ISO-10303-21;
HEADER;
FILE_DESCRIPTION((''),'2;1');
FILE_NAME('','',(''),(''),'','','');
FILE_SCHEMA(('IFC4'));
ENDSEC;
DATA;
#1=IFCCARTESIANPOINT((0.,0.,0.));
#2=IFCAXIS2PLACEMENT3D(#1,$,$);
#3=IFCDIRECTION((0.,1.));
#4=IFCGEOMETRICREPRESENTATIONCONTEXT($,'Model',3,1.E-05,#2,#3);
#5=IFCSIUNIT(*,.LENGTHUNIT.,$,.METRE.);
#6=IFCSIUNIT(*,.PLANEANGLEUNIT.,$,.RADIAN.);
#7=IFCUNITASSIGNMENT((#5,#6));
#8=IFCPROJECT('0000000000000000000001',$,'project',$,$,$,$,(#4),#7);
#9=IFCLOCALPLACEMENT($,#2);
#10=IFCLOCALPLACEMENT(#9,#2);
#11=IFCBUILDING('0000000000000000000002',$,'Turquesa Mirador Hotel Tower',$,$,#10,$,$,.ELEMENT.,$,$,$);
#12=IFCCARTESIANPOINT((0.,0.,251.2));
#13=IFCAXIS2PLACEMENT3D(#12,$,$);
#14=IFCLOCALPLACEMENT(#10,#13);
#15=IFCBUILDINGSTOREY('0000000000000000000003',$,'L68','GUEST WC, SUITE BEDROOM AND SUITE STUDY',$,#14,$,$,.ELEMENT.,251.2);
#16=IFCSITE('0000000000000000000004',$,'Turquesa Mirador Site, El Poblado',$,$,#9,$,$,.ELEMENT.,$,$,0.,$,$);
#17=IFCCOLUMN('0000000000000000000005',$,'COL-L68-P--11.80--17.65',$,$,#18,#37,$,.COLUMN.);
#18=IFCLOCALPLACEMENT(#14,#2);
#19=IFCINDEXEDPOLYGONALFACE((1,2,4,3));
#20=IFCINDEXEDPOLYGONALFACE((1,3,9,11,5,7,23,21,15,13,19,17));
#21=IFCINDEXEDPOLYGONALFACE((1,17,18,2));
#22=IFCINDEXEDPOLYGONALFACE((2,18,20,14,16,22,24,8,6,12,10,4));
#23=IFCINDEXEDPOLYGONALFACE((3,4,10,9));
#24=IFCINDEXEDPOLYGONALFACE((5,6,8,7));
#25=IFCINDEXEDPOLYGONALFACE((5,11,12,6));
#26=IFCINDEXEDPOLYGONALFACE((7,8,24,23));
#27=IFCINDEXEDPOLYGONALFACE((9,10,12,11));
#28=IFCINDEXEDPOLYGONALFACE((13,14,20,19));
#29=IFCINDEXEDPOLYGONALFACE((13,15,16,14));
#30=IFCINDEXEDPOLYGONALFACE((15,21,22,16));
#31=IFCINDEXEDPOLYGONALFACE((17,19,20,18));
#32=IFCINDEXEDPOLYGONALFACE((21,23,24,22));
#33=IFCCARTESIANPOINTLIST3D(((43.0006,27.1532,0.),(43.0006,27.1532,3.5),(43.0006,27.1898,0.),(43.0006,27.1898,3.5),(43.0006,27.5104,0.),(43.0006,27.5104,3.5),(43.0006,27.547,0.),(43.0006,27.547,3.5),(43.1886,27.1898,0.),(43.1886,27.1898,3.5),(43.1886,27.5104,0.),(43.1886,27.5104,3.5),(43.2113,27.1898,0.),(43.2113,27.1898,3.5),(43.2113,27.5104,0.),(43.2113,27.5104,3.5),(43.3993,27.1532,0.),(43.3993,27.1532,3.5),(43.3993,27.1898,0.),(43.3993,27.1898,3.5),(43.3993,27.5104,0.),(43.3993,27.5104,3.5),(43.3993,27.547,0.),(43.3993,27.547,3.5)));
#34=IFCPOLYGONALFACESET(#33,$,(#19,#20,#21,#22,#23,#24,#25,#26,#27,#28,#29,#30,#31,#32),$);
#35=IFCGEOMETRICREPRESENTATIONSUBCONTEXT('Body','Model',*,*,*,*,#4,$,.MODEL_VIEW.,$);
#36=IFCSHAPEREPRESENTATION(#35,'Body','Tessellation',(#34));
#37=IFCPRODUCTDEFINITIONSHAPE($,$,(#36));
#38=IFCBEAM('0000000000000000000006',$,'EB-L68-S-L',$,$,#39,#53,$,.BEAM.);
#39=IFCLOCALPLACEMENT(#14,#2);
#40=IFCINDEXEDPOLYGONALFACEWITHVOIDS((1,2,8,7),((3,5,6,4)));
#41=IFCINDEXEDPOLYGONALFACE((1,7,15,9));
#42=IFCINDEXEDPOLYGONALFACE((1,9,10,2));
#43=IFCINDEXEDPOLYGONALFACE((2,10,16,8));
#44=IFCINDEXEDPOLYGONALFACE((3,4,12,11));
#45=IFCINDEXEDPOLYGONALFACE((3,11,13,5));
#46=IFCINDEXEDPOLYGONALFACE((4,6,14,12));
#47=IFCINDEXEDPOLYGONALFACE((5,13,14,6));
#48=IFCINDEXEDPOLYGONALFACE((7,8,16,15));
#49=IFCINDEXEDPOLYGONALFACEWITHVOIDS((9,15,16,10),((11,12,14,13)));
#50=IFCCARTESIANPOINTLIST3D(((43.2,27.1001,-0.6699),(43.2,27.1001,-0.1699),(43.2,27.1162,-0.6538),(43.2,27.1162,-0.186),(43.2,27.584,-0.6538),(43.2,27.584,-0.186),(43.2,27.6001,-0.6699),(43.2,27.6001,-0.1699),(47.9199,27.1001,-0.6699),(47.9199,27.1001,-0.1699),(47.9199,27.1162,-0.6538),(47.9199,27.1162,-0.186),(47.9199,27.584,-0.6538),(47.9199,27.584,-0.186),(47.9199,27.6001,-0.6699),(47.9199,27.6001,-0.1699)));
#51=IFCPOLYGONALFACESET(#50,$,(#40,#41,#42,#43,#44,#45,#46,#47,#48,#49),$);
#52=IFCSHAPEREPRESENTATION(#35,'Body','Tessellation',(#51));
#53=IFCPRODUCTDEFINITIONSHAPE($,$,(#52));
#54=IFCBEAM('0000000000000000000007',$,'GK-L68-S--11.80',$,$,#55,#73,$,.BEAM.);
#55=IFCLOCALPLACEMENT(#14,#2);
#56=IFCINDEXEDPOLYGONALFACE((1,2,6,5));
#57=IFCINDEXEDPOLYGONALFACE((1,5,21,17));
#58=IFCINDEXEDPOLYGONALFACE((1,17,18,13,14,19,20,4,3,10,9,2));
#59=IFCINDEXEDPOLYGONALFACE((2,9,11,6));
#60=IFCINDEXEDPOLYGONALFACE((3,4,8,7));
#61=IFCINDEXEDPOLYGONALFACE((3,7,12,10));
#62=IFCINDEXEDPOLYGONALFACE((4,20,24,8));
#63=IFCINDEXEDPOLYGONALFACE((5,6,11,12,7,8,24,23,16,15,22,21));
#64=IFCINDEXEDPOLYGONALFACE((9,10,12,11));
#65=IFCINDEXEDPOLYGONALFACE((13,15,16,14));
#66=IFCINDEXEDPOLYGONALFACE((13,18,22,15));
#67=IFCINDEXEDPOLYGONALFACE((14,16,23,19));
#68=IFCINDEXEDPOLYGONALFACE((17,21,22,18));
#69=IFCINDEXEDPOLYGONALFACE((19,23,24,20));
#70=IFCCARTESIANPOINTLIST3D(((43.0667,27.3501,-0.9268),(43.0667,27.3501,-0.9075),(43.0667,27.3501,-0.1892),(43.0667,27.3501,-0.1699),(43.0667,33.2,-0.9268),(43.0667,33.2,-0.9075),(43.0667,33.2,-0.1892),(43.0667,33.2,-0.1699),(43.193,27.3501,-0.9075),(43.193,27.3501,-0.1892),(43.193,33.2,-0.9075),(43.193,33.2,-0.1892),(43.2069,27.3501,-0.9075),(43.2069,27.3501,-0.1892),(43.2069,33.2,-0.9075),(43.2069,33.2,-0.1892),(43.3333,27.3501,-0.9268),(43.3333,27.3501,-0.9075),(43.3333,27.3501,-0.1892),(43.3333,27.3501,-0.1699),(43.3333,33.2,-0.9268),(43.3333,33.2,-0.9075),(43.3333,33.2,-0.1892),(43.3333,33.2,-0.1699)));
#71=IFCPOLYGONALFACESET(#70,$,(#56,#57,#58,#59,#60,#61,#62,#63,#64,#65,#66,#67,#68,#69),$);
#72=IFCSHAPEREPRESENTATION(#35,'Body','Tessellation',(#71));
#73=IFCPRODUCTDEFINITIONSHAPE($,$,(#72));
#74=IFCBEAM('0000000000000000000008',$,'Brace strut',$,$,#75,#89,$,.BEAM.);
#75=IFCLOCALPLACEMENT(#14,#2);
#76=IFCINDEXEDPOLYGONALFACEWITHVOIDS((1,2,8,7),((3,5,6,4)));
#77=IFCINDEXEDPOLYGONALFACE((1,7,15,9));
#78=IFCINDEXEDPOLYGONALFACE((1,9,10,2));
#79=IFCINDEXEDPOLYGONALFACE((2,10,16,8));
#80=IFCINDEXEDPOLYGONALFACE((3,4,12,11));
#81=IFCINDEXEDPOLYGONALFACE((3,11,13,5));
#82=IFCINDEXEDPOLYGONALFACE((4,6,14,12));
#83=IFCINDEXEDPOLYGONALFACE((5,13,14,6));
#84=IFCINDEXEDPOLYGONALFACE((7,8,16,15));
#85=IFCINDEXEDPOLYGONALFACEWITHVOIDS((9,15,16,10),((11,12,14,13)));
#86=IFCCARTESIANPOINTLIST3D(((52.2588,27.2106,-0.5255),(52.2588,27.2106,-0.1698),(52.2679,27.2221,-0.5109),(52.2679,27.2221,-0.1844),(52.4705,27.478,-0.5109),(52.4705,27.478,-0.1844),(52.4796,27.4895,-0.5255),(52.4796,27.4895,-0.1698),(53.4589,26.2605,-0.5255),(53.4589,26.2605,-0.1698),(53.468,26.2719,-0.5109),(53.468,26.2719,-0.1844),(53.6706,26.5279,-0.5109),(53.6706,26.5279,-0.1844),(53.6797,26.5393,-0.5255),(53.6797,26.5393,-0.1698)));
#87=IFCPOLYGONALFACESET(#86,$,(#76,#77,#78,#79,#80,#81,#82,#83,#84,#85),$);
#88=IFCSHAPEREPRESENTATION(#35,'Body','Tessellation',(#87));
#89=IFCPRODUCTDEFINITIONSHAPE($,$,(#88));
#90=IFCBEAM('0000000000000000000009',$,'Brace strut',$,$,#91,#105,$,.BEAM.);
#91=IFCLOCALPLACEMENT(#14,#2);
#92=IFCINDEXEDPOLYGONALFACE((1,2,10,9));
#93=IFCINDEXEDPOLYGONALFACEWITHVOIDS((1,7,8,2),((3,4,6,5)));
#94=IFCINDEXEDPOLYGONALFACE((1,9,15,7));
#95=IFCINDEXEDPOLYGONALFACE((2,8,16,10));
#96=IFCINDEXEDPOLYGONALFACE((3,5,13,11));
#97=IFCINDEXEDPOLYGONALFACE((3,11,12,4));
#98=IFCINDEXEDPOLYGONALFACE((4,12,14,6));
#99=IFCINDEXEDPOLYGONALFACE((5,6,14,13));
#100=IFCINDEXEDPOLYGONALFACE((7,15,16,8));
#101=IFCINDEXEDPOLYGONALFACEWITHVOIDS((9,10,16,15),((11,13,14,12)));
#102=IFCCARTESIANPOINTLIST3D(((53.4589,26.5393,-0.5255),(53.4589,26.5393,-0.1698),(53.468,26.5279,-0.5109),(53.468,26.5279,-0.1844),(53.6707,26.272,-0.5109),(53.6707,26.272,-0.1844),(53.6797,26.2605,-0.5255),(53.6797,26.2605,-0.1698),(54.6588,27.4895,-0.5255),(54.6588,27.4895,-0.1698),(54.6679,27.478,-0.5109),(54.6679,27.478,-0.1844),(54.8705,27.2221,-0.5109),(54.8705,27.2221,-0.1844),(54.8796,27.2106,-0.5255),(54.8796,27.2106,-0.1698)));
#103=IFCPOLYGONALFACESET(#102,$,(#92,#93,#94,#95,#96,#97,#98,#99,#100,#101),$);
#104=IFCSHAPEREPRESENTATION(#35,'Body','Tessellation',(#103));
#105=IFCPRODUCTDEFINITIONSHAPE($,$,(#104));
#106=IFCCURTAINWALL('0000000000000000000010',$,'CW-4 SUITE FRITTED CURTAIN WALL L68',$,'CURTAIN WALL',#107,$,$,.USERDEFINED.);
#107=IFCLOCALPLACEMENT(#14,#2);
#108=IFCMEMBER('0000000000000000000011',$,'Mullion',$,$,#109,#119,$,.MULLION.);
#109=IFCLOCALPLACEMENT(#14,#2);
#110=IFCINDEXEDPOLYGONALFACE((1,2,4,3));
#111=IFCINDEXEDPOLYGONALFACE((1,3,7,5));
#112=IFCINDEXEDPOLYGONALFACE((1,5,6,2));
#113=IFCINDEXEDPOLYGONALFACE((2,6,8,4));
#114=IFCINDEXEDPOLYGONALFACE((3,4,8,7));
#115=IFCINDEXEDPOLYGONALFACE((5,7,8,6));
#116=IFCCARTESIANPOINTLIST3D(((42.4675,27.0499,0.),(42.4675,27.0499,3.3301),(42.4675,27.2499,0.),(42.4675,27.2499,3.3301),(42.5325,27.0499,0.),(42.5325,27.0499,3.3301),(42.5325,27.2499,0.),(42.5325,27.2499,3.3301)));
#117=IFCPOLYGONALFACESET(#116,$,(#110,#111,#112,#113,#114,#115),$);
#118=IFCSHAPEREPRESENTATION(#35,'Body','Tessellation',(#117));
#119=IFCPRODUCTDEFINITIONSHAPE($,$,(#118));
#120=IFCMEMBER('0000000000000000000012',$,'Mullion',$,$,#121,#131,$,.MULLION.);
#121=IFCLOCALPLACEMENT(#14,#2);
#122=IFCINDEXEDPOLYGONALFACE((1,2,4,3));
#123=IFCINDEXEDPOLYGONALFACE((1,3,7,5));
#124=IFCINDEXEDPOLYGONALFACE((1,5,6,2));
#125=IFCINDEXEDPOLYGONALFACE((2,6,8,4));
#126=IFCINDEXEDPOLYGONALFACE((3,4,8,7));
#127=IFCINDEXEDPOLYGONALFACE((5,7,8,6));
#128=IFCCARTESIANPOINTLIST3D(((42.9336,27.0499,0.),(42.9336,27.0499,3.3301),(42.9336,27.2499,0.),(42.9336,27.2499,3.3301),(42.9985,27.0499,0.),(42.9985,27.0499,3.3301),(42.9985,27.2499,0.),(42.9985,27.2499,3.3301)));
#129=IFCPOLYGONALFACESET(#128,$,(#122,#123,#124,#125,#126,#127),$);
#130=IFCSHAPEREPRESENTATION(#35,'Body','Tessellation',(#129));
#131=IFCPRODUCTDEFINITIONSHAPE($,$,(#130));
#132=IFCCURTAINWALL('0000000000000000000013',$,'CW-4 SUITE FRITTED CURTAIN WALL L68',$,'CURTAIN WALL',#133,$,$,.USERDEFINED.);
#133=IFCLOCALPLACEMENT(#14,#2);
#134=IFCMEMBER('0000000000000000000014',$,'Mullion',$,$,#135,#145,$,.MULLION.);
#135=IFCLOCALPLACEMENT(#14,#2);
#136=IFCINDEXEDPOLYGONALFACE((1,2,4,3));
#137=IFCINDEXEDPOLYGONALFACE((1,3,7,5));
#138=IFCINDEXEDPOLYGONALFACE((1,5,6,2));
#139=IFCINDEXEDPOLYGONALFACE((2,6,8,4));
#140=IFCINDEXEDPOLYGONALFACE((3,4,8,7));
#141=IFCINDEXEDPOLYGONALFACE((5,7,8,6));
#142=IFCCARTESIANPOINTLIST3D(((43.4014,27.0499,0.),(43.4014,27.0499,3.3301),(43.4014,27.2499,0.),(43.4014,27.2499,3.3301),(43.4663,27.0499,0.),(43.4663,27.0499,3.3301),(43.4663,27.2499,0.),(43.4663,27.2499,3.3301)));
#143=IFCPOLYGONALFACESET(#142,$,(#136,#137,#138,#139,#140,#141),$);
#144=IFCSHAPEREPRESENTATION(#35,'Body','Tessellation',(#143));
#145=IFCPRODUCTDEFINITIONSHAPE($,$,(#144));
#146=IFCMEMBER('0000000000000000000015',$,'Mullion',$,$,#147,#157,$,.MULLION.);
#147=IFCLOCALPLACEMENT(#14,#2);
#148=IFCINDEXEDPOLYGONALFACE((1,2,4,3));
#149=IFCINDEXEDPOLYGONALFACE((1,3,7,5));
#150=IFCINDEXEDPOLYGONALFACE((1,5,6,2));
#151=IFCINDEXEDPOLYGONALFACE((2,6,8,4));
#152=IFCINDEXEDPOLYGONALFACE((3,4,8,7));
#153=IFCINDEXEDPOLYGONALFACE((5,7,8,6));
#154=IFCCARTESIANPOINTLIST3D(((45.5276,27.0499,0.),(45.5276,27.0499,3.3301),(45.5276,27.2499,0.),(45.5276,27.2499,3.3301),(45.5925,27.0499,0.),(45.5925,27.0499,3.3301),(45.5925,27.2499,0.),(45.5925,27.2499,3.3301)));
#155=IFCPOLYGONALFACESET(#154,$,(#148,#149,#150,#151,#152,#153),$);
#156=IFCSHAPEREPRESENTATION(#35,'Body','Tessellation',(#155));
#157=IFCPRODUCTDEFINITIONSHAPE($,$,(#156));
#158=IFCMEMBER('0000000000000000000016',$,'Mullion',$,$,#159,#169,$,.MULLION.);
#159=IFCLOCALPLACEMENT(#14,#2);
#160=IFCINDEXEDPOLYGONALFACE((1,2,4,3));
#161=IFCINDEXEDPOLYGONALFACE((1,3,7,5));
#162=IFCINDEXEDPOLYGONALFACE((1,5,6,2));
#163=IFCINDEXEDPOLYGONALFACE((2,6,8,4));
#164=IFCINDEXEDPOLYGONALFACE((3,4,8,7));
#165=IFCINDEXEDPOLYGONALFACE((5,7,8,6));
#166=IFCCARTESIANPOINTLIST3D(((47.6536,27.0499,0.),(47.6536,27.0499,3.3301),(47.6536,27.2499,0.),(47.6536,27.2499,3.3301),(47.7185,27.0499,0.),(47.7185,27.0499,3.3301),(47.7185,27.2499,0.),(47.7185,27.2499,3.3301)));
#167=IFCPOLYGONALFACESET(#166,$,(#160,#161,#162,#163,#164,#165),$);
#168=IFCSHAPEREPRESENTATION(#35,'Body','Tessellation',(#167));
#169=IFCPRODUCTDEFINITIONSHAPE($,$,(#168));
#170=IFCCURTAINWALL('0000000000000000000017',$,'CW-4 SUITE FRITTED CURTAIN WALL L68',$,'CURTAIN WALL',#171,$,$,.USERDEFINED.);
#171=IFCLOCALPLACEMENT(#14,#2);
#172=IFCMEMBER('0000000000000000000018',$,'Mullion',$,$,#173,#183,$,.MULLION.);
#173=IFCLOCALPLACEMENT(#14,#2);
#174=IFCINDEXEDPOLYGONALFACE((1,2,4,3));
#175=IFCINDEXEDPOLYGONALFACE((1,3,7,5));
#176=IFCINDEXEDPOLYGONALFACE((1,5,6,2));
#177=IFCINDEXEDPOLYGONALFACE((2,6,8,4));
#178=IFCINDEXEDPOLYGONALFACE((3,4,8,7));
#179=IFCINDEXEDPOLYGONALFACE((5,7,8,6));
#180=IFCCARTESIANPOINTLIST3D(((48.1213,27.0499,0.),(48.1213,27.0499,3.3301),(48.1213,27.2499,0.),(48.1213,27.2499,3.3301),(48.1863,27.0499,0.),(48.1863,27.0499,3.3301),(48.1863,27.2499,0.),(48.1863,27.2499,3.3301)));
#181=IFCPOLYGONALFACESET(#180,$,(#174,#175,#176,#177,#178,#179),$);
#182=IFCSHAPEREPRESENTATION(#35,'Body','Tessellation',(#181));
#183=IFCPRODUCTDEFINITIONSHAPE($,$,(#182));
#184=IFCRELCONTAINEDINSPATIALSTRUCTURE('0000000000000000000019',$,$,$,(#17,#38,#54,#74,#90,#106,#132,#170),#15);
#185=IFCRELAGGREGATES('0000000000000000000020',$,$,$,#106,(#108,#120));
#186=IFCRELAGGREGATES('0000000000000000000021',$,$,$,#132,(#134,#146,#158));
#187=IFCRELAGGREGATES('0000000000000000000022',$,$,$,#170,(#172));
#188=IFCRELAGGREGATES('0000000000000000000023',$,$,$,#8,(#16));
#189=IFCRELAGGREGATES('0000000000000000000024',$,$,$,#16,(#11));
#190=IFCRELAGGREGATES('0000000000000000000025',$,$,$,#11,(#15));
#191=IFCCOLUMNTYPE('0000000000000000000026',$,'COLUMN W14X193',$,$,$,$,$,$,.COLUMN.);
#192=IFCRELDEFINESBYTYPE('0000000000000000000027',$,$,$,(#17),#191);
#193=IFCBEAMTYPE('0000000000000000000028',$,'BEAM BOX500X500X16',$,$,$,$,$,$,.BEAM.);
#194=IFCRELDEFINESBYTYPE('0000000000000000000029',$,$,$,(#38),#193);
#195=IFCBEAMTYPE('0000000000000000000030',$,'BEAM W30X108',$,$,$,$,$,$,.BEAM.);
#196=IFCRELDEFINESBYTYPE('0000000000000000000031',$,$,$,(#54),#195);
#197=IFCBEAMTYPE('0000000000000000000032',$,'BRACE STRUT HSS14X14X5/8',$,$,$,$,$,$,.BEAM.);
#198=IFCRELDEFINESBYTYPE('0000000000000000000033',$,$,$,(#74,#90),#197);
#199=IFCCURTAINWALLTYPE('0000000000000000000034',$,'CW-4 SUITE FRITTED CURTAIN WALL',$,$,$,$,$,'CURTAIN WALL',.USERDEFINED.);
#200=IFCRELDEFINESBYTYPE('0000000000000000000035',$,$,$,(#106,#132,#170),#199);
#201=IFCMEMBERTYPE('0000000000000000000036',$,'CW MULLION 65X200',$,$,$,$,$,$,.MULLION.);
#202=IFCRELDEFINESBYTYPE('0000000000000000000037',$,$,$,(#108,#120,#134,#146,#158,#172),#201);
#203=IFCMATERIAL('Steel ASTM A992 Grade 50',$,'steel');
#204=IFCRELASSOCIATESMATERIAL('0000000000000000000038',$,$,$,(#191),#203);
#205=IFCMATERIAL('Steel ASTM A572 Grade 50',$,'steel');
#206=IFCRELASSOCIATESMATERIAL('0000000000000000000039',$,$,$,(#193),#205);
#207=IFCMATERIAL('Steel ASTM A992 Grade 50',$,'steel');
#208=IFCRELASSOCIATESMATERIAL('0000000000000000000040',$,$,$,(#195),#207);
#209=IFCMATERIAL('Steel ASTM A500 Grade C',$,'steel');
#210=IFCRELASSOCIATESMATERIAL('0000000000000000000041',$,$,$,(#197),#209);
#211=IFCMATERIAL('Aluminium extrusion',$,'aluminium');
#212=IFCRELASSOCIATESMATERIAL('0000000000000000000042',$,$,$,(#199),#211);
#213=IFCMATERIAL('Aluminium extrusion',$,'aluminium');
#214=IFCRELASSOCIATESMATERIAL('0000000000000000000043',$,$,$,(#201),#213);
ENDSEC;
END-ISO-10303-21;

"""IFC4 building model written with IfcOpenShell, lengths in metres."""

from ifc_helpers import new_model, si_unit, direction, frame, origin, origin_2d, place, context, subcontext, project, spatial, rectangle, hollow_rectangle, i_section, extrude, material, material_profile, profile_set, type_object, element, aggregate, save


model = new_model("IFC4")

# Units and contexts
model_context = context("Model", 3, precision=1e-05, world=origin(), true_north=direction((0.0, 1.0)))
body_context = subcontext(model_context, "Body", "Model", "MODEL_VIEW")
ifc_project = project(units=[si_unit("LENGTHUNIT", "METRE"), si_unit("PLANEANGLEUNIT", "RADIAN")], contexts=[model_context])

# Site, building, storey
site_placement = place(None, origin())
site = spatial("IfcSite", under=ifc_project, at=site_placement, Name="Turquesa Mirador Site, El Poblado", CompositionType="ELEMENT", RefElevation=0.0)
building_placement = place(site_placement, origin())
building = spatial("IfcBuilding", under=site, at=building_placement, Name="Turquesa Mirador Hotel Tower", CompositionType="ELEMENT")
storey_placement = place(building_placement, frame((0.0, 0.0, 251.2)))
storey = spatial("IfcBuildingStorey", under=building, at=storey_placement, Name="L68", Description="GUEST WC, SUITE BEDROOM AND SUITE STUDY", CompositionType="ELEMENT", Elevation=251.2)

# Column
ifc_material_1 = material(Name="Steel ASTM A992 Grade 50", Category="steel")
ifc_material_profile_1 = material_profile(ifc_material_1, i_section(OverallWidth=0.3987, OverallDepth=0.3938, WebThickness=0.0227, FlangeThickness=0.0366, at=origin_2d()), Name="W14X193")
ifc_profile_set_1 = profile_set([ifc_material_profile_1], Name="Steel ASTM A992 Grade 50")
column_type = type_object("IfcColumnType", Name="COLUMN W14X193", PredefinedType="COLUMN", material=ifc_profile_set_1)
column_placement = place(storey_placement, frame((43.2, 27.3501, 0.0), z_axis=(0.0, 0.0, 1.0), x_axis=(1.0, 0.0, 0.0)))
element("IfcColumn", 1, at=column_placement, inside=storey, type_object=column_type, Name="COL-L68-P--11.80--17.65", PredefinedType="COLUMN", context=body_context, shape_type="SweptSolid", body=[
    extrude(i_section(OverallWidth=0.3987, OverallDepth=0.3938, WebThickness=0.0227, FlangeThickness=0.0366, at=origin_2d()), origin(), (0.0, 0.0, 1.0), 3.5),
])

# Beams
ifc_material_2 = material(Name="Steel ASTM A572 Grade 50", Category="steel")
ifc_material_profile_2 = material_profile(ifc_material_2, hollow_rectangle(XDim=0.5, YDim=0.5, WallThickness=0.0161, at=origin_2d()), Name="BOX500X500X16")
ifc_profile_set_2 = profile_set([ifc_material_profile_2], Name="Steel ASTM A572 Grade 50")
beam_type_1 = type_object("IfcBeamType", Name="BEAM BOX500X500X16", PredefinedType="BEAM", material=ifc_profile_set_2)
beam_1_placement = place(storey_placement, frame((43.2, 27.3501, -0.4199), z_axis=(1.0, 0.0, 0.0), x_axis=(0.0, 1.0, 0.0)))
element("IfcBeam", 2, at=beam_1_placement, inside=storey, type_object=beam_type_1, Name="EB-L68-S-L", PredefinedType="BEAM", context=body_context, shape_type="SweptSolid", body=[
    extrude(hollow_rectangle(XDim=0.5, YDim=0.5, WallThickness=0.0161, at=origin_2d()), origin(), (0.0, 0.0, 1.0), 4.72),
])
ifc_material_3 = material(Name="Steel ASTM A992 Grade 50", Category="steel")
ifc_material_profile_3 = material_profile(ifc_material_3, i_section(OverallWidth=0.2666, OverallDepth=0.7568, WebThickness=0.0139, FlangeThickness=0.0193, at=origin_2d()), Name="W30X108")
ifc_profile_set_3 = profile_set([ifc_material_profile_3], Name="Steel ASTM A992 Grade 50")
beam_type_2 = type_object("IfcBeamType", Name="BEAM W30X108", PredefinedType="BEAM", material=ifc_profile_set_3)
beam_2_placement = place(storey_placement, frame((43.2, 27.3501, -0.5483), z_axis=(0.0, 1.0, 0.0), x_axis=(-1.0, 0.0, 0.0)))
element("IfcBeam", 3, at=beam_2_placement, inside=storey, type_object=beam_type_2, Name="GK-L68-S--11.80", PredefinedType="BEAM", context=body_context, shape_type="SweptSolid", body=[
    extrude(i_section(OverallWidth=0.2666, OverallDepth=0.7568, WebThickness=0.0139, FlangeThickness=0.0193, at=origin_2d()), origin(), (0.0, 0.0, 1.0), 5.8499),
])
ifc_material_4 = material(Name="Steel ASTM A500 Grade C", Category="steel")
ifc_material_profile_4 = material_profile(ifc_material_4, hollow_rectangle(XDim=0.3557, YDim=0.3557, WallThickness=0.0146, at=origin_2d()), Name="HSS14X14X5/8")
ifc_profile_set_4 = profile_set([ifc_material_profile_4], Name="Steel ASTM A500 Grade C")
beam_type_3 = type_object("IfcBeamType", Name="BRACE STRUT HSS14X14X5/8", PredefinedType="BEAM", material=ifc_profile_set_4)
beam_3_placement = place(storey_placement, frame((53.5693, 26.3999, -0.3477), z_axis=(-0.784033, 0.620719, 0.0), x_axis=(-0.620719, -0.784033, 0.0)))
element("IfcBeam", 4, at=beam_3_placement, inside=storey, type_object=beam_type_3, Name="Brace strut", PredefinedType="BEAM", context=body_context, shape_type="SweptSolid", body=[
    extrude(hollow_rectangle(XDim=0.3557, YDim=0.3557, WallThickness=0.0146, at=origin_2d()), origin(), (0.0, 0.0, 1.0), 1.5308),
])
beam_4_placement = place(storey_placement, frame((53.5693, 26.3999, -0.3477), z_axis=(0.783971, 0.620797, 0.0), x_axis=(-0.620797, 0.783971, 0.0)))
element("IfcBeam", 5, at=beam_4_placement, inside=storey, type_object=beam_type_3, Name="Brace strut", PredefinedType="BEAM", context=body_context, shape_type="SweptSolid", body=[
    extrude(hollow_rectangle(XDim=0.3557, YDim=0.3557, WallThickness=0.0146, at=origin_2d()), origin(), (0.0, 0.0, 1.0), 1.5305),
])

# Curtain walls, members
ifc_material_5 = material(Name="Aluminium extrusion", Category="aluminium")
curtain_wall_type = type_object("IfcCurtainWallType", Name="CW-4 SUITE FRITTED CURTAIN WALL", ElementType="CURTAIN WALL", PredefinedType="USERDEFINED", material=ifc_material_5)
curtain_wall_1_placement = place(storey_placement, origin())
curtain_wall_1 = element("IfcCurtainWall", 6, at=curtain_wall_1_placement, inside=storey, type_object=curtain_wall_type, Name="CW-4 SUITE FRITTED CURTAIN WALL L68", ObjectType="CURTAIN WALL", PredefinedType="USERDEFINED")
ifc_material_6 = material(Name="Aluminium extrusion", Category="aluminium")
ifc_material_profile_5 = material_profile(ifc_material_6, rectangle(XDim=0.0649, YDim=0.2, at=origin_2d()), Name="MULLION 65X200")
ifc_profile_set_5 = profile_set([ifc_material_profile_5], Name="Aluminium extrusion")
member_type_1 = type_object("IfcMemberType", Name="CW MULLION 65X200", PredefinedType="MULLION", material=ifc_profile_set_5)
member_1_placement = place(storey_placement, frame((42.5, 27.1499, 0.0), z_axis=(0.0, 0.0, 1.0), x_axis=(1.0, 0.0, 0.0)))
member_1 = element("IfcMember", 7, at=member_1_placement, type_object=member_type_1, Name="Mullion", PredefinedType="MULLION", context=body_context, shape_type="SweptSolid", body=[
    extrude(rectangle(XDim=0.0649, YDim=0.2, at=origin_2d()), origin(), (0.0, 0.0, 1.0), 3.3301),
])
member_2_placement = place(storey_placement, frame((42.9661, 27.1499, 0.0), z_axis=(0.0, 0.0, 1.0), x_axis=(1.0, 0.0, 0.0)))
member_2 = element("IfcMember", 8, at=member_2_placement, type_object=member_type_1, Name="Mullion", PredefinedType="MULLION", context=body_context, shape_type="SweptSolid", body=[
    extrude(rectangle(XDim=0.0649, YDim=0.2, at=origin_2d()), origin(), (0.0, 0.0, 1.0), 3.3301),
])
curtain_wall_2_placement = place(storey_placement, origin())
curtain_wall_2 = element("IfcCurtainWall", 9, at=curtain_wall_2_placement, inside=storey, type_object=curtain_wall_type, Name="CW-4 SUITE FRITTED CURTAIN WALL L68", ObjectType="CURTAIN WALL", PredefinedType="USERDEFINED")
member_3_placement = place(storey_placement, frame((43.4338, 27.1499, 0.0), z_axis=(0.0, 0.0, 1.0), x_axis=(1.0, 0.0, 0.0)))
member_3 = element("IfcMember", 10, at=member_3_placement, type_object=member_type_1, Name="Mullion", PredefinedType="MULLION", context=body_context, shape_type="SweptSolid", body=[
    extrude(rectangle(XDim=0.0649, YDim=0.2, at=origin_2d()), origin(), (0.0, 0.0, 1.0), 3.3301),
])
member_4_placement = place(storey_placement, frame((45.5601, 27.1499, 0.0), z_axis=(0.0, 0.0, 1.0), x_axis=(1.0, 0.0, 0.0)))
member_4 = element("IfcMember", 11, at=member_4_placement, type_object=member_type_1, Name="Mullion", PredefinedType="MULLION", context=body_context, shape_type="SweptSolid", body=[
    extrude(rectangle(XDim=0.0649, YDim=0.2, at=origin_2d()), origin(), (0.0, 0.0, 1.0), 3.3301),
])
member_5_placement = place(storey_placement, frame((47.686, 27.1499, 0.0), z_axis=(0.0, 0.0, 1.0), x_axis=(1.0, 0.0, 0.0)))
member_5 = element("IfcMember", 12, at=member_5_placement, type_object=member_type_1, Name="Mullion", PredefinedType="MULLION", context=body_context, shape_type="SweptSolid", body=[
    extrude(rectangle(XDim=0.0649, YDim=0.2, at=origin_2d()), origin(), (0.0, 0.0, 1.0), 3.3301),
])
curtain_wall_3_placement = place(storey_placement, origin())
curtain_wall_3 = element("IfcCurtainWall", 13, at=curtain_wall_3_placement, inside=storey, type_object=curtain_wall_type, Name="CW-4 SUITE FRITTED CURTAIN WALL L68", ObjectType="CURTAIN WALL", PredefinedType="USERDEFINED")
member_6_placement = place(storey_placement, frame((48.1538, 27.1499, 0.0), z_axis=(0.0, 0.0, 1.0), x_axis=(1.0, 0.0, 0.0)))
member_6 = element("IfcMember", 14, at=member_6_placement, type_object=member_type_1, Name="Mullion", PredefinedType="MULLION", context=body_context, shape_type="SweptSolid", body=[
    extrude(rectangle(XDim=0.0649, YDim=0.2, at=origin_2d()), origin(), (0.0, 0.0, 1.0), 3.3301),
])

aggregate(curtain_wall_1, [member_1, member_2])
aggregate(curtain_wall_2, [member_3, member_4, member_5])
aggregate(curtain_wall_3, [member_6])

save(model, "model.ifc")
